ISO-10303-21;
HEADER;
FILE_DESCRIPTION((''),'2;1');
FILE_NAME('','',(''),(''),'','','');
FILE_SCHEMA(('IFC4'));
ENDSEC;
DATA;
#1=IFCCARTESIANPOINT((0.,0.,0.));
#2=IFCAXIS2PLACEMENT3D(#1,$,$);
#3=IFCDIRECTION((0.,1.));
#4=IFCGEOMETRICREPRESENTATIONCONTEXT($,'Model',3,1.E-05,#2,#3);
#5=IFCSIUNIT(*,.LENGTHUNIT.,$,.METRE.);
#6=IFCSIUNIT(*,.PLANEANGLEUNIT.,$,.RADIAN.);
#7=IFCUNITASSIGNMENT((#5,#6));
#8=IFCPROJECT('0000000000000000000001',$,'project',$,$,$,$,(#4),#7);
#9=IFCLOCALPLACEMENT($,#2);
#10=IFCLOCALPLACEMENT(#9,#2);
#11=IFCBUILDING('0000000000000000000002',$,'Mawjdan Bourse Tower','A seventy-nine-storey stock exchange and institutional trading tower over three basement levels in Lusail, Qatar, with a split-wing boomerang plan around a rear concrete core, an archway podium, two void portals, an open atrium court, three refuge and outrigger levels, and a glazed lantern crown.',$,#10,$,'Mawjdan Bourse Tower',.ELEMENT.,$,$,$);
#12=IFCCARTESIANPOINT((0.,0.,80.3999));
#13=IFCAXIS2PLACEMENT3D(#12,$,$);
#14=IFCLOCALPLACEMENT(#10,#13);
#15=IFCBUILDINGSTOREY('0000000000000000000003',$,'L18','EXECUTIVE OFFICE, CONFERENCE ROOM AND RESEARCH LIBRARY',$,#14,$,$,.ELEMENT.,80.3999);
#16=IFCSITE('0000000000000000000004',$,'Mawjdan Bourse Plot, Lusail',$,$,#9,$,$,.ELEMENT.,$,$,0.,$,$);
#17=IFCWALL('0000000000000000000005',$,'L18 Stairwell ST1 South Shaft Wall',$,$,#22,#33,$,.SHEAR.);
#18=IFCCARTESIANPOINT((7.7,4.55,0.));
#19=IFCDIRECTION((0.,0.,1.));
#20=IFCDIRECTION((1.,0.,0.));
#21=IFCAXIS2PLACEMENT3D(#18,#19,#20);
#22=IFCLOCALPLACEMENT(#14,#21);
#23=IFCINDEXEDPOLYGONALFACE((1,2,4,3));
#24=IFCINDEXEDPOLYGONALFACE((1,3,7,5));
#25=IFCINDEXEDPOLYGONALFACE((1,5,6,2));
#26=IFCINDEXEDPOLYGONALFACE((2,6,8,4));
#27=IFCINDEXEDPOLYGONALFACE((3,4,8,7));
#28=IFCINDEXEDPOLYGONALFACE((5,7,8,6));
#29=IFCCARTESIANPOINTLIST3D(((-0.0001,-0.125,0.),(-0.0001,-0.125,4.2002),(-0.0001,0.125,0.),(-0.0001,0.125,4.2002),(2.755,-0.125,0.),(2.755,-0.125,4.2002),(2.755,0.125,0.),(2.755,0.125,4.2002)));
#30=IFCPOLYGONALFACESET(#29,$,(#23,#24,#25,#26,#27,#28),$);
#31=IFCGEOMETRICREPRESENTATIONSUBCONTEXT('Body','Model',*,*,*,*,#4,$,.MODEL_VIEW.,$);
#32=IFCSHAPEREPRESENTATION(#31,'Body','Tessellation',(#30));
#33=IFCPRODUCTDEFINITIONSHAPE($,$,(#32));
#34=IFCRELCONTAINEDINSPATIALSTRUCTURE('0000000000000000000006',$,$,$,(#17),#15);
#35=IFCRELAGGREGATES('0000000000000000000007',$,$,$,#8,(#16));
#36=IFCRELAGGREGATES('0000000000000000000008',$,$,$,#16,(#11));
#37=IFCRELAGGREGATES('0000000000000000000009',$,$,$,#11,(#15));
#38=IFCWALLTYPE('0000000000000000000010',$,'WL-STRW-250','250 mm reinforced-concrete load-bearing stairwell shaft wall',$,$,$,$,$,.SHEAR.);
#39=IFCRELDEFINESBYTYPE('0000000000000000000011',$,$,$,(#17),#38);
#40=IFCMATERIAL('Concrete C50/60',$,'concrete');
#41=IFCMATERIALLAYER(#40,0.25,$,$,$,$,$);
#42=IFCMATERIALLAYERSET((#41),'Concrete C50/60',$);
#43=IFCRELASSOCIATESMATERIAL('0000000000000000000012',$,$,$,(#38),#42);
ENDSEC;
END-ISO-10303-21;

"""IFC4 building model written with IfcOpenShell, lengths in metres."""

from ifc_helpers import new_model, si_unit, direction, frame, frame_2d, origin, place, context, subcontext, project, spatial, rectangle, extrude, material, layer, layer_set, type_object, element, save


model = new_model("IFC4")

# Units and contexts
model_context = context("Model", 3, precision=1e-05, world=origin(), true_north=direction((0.0, 1.0)))
body_context = subcontext(model_context, "Body", "Model", "MODEL_VIEW")
ifc_project = project(units=[si_unit("LENGTHUNIT", "METRE"), si_unit("PLANEANGLEUNIT", "RADIAN")], contexts=[model_context])

# Site, building, storey
site_placement = place(None, origin())
site = spatial("IfcSite", under=ifc_project, at=site_placement, Name="Mawjdan Bourse Plot, Lusail", CompositionType="ELEMENT", RefElevation=0.0)
building_placement = place(site_placement, origin())
building = spatial("IfcBuilding", under=site, at=building_placement, Name="Mawjdan Bourse Tower", Description="A seventy-nine-storey stock exchange and institutional trading tower over three basement levels in Lusail, Qatar, with a split-wing boomerang plan around a rear concrete core, an archway podium, two void portals, an open atrium court, three refuge and outrigger levels, and a glazed lantern crown.", LongName="Mawjdan Bourse Tower", CompositionType="ELEMENT")
storey_placement = place(building_placement, frame((0.0, 0.0, 80.3999)))
storey = spatial("IfcBuildingStorey", under=building, at=storey_placement, Name="L18", Description="EXECUTIVE OFFICE, CONFERENCE ROOM AND RESEARCH LIBRARY", CompositionType="ELEMENT", Elevation=80.3999)

# Shared definitions
ifc_material_1 = material(Name="Concrete C50/60", Category="concrete")

# Wall
ifc_layer_1 = layer(ifc_material_1, 0.25)
ifc_layer_set_1 = layer_set([ifc_layer_1], Name="Concrete C50/60")
wall_type_1 = type_object("IfcWallType", Name="WL-STRW-250", Description="250 mm reinforced-concrete load-bearing stairwell shaft wall", PredefinedType="SHEAR", material=ifc_layer_set_1)
wall_1_placement = place(storey_placement, frame((7.7, 4.55, 0.0), z_axis=(0.0, 0.0, 1.0), x_axis=(1.0, 0.0, 0.0)))
element("IfcWall", 1, at=wall_1_placement, inside=storey, type_object=wall_type_1, Name="L18 Stairwell ST1 South Shaft Wall", PredefinedType="SHEAR", context=body_context, shape_type="SweptSolid", body=[
    extrude(rectangle(XDim=2.7551, YDim=0.25, at=frame_2d((1.3774, 0.0))), origin(), (0.0, 0.0, 1.0), 4.2002),
])

save(model, "model.ifc")
